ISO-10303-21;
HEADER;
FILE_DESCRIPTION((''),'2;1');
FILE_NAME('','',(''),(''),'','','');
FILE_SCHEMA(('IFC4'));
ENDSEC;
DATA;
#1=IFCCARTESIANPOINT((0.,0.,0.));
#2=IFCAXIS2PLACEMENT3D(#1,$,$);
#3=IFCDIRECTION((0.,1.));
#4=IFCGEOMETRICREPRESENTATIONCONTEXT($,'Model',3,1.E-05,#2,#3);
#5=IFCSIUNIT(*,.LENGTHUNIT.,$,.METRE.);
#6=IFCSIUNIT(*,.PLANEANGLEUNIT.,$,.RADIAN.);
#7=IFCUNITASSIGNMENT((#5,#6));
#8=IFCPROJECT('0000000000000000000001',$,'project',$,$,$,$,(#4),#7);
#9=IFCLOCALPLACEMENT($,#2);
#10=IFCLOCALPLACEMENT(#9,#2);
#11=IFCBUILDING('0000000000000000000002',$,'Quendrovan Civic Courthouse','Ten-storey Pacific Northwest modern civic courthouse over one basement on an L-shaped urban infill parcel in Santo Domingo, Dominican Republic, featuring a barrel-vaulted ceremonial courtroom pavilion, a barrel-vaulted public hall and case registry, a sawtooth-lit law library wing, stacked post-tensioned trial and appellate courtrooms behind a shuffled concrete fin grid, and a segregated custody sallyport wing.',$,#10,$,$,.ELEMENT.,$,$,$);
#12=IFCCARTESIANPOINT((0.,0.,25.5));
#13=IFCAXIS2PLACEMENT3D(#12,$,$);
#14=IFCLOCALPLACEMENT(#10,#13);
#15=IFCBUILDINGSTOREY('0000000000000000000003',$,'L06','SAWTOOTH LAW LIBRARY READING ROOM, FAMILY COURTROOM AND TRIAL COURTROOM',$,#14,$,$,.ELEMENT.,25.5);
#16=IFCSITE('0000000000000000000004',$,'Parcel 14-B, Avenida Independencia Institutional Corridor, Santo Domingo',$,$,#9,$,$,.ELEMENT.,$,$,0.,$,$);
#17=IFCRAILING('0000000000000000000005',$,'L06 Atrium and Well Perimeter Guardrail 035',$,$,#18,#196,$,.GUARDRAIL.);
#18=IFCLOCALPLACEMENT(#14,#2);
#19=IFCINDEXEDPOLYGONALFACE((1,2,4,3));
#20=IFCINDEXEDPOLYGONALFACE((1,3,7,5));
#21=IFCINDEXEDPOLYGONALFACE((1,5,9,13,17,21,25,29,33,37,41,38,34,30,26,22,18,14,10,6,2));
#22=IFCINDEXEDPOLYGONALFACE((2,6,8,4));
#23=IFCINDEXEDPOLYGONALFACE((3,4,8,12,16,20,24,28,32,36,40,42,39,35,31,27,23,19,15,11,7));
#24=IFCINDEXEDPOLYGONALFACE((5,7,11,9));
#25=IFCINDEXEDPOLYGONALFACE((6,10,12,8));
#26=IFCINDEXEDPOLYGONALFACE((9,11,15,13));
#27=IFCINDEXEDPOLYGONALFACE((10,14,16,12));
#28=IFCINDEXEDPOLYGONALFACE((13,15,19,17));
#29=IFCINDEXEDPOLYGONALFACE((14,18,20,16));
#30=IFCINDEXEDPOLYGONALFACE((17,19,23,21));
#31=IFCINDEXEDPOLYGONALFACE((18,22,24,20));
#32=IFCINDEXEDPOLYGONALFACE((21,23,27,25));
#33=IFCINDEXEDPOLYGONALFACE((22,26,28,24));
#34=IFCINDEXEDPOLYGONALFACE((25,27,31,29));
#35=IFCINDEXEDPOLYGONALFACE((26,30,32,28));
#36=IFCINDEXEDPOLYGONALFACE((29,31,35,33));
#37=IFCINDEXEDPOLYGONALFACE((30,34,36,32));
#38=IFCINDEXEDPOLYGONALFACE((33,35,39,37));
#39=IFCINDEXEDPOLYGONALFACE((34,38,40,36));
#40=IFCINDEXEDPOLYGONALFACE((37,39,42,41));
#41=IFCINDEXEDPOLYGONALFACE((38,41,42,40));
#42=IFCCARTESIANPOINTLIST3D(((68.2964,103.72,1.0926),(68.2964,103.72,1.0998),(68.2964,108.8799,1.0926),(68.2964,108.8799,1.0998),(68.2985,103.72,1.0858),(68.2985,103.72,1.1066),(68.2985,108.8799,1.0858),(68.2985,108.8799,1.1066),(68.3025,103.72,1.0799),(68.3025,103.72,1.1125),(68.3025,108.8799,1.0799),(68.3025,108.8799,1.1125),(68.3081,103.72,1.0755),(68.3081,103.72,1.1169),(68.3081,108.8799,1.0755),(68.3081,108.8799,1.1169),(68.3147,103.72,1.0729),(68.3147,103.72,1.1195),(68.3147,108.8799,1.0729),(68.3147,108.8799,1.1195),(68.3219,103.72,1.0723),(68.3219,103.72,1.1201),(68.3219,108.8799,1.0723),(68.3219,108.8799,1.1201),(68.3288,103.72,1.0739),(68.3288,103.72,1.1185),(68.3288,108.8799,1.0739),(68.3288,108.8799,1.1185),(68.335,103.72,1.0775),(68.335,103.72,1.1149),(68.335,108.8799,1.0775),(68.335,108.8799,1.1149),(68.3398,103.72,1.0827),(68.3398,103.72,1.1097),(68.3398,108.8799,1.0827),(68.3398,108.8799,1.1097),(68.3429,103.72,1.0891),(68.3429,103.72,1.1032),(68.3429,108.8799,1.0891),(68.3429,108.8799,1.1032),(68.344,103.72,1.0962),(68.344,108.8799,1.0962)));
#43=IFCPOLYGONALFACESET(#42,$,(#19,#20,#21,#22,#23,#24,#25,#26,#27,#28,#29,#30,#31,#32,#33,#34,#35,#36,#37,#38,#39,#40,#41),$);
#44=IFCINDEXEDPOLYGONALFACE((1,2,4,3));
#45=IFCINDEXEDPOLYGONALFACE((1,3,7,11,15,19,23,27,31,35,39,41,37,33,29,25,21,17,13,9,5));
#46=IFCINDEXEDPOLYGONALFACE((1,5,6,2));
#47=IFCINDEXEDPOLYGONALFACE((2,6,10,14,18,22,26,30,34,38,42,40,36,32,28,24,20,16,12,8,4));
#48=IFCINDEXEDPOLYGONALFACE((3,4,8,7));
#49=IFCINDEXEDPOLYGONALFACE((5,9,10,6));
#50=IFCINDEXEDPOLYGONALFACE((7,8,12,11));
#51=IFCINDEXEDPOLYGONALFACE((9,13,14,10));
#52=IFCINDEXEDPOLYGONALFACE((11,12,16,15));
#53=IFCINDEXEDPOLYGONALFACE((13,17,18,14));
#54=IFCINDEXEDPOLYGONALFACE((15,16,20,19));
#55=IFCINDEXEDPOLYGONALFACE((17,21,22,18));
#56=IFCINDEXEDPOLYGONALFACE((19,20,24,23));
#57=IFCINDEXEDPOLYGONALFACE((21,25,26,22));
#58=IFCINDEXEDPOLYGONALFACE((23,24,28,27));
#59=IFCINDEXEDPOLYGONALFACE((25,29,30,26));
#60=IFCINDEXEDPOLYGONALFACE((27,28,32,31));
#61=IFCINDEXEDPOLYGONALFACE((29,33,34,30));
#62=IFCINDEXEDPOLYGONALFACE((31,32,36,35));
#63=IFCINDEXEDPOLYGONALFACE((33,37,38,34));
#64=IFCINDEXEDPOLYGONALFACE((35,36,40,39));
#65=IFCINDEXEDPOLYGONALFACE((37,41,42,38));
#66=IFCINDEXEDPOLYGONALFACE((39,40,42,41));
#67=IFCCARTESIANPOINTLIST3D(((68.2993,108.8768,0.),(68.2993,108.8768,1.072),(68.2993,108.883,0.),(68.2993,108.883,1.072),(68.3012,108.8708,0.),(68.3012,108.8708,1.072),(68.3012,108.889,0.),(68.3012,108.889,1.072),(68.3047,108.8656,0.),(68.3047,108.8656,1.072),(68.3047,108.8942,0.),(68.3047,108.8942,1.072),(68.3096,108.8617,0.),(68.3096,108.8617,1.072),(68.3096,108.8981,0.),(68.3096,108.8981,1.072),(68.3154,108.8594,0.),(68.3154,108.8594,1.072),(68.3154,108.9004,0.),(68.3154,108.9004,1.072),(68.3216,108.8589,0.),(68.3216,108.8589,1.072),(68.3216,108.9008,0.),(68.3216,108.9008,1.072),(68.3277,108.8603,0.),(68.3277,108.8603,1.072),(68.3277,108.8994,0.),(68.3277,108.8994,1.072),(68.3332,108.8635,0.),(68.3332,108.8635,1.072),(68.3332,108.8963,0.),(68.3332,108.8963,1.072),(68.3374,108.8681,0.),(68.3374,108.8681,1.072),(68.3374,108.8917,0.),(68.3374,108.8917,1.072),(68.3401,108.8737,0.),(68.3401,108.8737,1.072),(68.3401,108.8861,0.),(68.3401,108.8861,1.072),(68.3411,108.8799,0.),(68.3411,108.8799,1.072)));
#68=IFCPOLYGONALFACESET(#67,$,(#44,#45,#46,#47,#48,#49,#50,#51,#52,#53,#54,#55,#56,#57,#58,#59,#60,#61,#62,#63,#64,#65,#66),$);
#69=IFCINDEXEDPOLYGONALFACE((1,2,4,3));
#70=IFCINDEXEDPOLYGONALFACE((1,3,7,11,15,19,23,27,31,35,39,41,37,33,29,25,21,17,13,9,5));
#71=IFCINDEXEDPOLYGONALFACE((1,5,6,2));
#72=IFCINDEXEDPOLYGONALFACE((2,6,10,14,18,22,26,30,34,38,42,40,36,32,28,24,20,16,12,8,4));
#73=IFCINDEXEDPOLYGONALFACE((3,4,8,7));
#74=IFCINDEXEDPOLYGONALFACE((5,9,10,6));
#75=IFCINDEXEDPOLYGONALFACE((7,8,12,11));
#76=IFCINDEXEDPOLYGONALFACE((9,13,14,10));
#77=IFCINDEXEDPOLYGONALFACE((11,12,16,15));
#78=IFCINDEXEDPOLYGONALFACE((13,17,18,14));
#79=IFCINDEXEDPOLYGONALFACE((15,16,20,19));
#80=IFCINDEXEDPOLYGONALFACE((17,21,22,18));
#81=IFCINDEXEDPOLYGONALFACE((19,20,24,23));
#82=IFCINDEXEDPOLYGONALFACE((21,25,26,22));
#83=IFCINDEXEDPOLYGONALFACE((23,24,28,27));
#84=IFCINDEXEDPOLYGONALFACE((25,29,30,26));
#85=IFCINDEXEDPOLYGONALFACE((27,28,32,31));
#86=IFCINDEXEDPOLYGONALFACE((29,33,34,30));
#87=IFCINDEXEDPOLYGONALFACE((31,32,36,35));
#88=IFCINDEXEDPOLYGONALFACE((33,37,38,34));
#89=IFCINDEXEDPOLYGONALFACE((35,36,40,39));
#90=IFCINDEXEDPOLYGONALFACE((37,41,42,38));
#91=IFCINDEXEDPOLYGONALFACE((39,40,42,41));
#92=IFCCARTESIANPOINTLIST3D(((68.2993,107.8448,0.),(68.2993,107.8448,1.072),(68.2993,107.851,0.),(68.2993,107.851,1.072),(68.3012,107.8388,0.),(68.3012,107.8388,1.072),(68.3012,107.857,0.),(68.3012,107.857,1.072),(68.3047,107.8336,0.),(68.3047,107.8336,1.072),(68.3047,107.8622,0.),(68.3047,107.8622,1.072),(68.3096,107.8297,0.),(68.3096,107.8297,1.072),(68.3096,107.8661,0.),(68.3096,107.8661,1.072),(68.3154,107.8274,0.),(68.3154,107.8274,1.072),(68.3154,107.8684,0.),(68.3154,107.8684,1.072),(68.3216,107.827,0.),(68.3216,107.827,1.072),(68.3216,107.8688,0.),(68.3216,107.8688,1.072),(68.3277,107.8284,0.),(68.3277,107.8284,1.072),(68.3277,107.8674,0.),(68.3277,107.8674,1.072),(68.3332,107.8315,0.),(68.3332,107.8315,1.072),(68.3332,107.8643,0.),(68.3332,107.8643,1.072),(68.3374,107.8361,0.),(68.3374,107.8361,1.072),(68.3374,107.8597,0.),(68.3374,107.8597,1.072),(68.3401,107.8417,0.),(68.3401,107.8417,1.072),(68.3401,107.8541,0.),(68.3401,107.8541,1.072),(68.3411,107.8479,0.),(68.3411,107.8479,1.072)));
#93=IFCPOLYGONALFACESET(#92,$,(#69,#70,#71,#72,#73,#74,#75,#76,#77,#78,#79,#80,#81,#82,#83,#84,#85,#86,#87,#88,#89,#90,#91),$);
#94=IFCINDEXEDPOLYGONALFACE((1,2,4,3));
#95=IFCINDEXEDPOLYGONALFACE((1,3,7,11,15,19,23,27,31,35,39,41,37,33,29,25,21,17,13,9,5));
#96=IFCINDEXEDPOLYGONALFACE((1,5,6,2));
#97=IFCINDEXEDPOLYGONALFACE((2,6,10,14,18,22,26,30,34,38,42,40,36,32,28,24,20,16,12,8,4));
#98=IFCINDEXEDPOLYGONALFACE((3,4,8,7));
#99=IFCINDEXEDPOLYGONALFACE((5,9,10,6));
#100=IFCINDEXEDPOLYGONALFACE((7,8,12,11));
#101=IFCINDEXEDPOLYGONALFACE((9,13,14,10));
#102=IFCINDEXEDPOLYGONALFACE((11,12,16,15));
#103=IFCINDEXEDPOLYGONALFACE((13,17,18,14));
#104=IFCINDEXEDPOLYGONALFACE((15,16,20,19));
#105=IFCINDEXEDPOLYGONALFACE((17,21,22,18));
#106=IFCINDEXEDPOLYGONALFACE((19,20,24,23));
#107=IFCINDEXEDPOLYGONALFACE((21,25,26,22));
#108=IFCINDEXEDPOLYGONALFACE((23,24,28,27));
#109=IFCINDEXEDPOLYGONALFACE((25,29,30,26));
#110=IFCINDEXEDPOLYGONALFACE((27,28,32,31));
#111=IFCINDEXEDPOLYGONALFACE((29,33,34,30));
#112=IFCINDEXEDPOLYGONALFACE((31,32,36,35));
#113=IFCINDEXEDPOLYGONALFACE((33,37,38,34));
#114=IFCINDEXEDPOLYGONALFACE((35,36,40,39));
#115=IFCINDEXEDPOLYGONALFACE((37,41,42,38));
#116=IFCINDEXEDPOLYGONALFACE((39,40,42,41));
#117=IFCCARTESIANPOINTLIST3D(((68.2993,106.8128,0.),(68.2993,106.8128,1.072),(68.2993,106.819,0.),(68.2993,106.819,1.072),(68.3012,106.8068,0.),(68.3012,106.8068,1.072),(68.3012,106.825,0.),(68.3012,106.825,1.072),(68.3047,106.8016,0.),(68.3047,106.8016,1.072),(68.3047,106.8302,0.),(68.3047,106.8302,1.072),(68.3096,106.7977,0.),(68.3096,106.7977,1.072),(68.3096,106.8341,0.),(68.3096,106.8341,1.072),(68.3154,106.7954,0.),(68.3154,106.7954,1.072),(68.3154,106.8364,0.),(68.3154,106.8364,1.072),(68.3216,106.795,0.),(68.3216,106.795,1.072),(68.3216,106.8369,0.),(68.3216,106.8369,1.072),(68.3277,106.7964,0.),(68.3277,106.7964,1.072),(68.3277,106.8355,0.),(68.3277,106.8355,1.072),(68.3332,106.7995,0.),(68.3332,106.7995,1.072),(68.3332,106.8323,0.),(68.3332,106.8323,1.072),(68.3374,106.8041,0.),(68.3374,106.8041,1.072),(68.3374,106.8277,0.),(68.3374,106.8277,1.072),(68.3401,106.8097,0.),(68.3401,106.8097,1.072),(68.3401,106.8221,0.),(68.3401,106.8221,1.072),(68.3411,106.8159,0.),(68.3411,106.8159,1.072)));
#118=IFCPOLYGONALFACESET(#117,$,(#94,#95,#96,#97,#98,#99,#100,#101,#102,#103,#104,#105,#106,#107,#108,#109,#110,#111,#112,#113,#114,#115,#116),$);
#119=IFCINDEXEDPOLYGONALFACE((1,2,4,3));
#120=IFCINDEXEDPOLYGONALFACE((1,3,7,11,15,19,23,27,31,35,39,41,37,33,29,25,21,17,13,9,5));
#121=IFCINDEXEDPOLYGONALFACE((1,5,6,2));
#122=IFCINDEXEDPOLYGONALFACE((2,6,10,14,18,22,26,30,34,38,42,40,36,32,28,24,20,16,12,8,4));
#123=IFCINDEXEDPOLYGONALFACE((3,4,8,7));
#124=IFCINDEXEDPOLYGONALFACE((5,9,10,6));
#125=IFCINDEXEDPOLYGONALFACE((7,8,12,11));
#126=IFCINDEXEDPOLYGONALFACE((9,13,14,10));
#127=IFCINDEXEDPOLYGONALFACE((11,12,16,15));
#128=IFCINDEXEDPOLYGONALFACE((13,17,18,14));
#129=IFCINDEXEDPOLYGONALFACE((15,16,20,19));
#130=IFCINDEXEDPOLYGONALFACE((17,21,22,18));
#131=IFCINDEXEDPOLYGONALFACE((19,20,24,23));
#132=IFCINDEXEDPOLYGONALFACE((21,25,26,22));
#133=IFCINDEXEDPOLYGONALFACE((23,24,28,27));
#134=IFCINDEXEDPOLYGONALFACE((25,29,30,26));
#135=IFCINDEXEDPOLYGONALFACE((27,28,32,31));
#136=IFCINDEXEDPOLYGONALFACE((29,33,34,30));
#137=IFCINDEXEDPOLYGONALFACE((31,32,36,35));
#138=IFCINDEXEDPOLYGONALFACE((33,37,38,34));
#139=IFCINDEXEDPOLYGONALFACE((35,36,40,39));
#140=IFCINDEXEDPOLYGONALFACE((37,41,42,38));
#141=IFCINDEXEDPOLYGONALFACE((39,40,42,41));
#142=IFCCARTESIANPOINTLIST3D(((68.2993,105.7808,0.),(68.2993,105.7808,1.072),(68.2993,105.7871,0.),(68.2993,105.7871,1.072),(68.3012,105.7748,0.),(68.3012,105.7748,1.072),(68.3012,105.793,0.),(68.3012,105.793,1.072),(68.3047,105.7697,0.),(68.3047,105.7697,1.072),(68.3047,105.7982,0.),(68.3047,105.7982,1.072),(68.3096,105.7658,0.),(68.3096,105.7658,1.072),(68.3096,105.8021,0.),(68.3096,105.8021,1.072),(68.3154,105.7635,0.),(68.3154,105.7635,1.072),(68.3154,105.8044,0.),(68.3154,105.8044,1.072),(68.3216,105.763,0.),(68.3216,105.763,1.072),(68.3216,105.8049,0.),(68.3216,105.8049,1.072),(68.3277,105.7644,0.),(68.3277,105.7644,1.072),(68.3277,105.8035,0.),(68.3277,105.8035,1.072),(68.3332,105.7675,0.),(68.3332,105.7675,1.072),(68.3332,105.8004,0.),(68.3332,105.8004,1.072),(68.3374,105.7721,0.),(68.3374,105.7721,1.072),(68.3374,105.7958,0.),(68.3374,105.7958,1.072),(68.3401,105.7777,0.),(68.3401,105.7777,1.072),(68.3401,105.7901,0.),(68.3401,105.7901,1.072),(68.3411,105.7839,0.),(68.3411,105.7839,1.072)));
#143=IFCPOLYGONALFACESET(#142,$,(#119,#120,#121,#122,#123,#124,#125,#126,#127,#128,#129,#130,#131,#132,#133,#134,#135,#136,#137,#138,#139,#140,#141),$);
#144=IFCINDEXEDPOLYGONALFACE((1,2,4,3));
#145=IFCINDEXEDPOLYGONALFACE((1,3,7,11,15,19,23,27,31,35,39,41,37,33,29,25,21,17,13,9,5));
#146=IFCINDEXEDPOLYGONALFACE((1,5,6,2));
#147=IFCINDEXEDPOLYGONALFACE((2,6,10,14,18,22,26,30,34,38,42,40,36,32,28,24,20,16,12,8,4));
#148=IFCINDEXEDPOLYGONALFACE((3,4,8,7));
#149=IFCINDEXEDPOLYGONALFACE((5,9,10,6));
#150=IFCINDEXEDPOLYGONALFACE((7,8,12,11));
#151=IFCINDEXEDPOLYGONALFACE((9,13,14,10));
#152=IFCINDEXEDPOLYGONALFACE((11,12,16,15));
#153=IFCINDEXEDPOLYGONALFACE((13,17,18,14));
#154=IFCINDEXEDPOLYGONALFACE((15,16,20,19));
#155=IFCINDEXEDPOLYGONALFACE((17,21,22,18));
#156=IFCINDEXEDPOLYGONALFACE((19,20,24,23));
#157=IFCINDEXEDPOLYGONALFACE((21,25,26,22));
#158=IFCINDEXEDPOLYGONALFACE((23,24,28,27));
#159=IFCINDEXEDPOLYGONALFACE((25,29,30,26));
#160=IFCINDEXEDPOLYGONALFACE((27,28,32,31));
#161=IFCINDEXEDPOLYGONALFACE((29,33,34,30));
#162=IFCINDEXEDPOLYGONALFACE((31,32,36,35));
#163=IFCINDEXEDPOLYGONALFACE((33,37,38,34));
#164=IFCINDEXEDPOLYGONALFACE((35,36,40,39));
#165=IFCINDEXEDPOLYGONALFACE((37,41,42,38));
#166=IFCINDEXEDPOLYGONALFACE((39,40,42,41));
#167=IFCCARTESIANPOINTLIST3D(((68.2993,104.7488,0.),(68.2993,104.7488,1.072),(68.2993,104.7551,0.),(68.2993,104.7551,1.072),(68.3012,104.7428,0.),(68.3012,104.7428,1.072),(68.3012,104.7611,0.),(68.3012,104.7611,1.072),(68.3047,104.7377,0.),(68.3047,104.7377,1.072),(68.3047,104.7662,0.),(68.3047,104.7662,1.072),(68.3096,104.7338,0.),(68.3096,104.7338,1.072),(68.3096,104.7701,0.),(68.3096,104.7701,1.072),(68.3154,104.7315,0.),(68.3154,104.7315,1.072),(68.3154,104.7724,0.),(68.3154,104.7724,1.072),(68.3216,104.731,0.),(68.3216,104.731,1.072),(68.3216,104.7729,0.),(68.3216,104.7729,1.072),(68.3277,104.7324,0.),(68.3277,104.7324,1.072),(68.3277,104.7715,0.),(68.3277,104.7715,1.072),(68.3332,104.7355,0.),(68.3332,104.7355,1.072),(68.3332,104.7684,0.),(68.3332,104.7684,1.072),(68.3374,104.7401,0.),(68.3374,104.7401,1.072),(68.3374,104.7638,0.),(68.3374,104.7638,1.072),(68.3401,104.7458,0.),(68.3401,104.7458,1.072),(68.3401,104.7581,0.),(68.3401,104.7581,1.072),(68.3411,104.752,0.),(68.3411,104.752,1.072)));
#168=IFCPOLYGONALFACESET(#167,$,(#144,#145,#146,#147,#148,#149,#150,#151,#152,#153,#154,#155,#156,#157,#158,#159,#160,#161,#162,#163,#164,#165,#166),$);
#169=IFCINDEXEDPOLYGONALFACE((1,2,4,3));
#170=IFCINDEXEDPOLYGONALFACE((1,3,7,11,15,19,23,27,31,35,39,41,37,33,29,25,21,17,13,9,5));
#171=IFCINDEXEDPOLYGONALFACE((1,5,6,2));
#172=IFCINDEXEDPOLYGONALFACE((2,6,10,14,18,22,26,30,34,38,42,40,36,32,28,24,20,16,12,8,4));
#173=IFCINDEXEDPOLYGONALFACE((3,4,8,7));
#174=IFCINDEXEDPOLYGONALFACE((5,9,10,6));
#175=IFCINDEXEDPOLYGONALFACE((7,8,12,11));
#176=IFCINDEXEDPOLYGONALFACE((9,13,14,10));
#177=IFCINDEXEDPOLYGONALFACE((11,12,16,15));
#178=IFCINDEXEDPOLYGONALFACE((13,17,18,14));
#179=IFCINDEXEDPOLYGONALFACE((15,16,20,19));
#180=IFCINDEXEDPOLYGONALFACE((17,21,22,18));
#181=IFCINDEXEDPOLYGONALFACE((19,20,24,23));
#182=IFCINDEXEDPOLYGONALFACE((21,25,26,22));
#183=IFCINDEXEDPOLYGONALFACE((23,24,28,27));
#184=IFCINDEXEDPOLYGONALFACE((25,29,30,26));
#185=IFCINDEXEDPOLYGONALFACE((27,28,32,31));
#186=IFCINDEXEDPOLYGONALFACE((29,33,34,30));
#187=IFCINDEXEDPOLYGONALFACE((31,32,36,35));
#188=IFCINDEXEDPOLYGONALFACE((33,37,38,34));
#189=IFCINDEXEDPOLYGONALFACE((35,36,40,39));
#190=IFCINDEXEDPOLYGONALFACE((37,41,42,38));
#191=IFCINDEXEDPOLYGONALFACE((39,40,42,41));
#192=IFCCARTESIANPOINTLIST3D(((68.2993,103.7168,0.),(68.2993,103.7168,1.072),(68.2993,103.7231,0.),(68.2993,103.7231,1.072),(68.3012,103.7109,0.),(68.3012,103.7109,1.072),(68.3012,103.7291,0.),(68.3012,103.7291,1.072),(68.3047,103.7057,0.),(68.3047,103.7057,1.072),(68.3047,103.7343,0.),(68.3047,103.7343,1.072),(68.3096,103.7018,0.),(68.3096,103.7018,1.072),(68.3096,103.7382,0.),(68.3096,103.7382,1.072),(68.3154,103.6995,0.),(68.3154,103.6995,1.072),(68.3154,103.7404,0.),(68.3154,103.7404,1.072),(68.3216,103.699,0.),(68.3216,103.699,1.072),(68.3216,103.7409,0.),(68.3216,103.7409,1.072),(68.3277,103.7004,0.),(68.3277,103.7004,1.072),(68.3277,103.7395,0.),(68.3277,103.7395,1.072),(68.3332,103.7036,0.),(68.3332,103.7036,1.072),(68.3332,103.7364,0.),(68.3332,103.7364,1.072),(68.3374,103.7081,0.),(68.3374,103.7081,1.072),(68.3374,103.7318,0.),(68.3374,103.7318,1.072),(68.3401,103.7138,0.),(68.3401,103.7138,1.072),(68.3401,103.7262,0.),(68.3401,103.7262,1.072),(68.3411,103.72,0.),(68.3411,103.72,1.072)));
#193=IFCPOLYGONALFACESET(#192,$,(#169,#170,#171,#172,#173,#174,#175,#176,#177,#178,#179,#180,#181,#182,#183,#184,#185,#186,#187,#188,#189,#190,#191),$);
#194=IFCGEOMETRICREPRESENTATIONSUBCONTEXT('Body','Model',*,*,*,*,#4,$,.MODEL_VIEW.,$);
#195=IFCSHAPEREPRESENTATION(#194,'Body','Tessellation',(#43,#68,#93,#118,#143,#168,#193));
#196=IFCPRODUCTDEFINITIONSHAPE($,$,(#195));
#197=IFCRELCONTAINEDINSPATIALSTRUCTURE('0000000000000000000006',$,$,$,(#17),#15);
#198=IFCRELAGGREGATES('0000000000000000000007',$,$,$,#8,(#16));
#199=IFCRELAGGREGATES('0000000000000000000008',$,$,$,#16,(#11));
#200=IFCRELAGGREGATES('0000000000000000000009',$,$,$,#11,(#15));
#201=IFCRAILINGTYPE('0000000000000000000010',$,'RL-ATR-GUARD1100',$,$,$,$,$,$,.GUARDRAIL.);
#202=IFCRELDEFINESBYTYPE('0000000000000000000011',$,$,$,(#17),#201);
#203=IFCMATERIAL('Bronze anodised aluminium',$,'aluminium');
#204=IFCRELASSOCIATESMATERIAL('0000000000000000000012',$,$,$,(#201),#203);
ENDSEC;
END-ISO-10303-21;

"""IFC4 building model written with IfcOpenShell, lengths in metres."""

from ifc_helpers import new_model, si_unit, direction, frame, origin, origin_2d, place, context, subcontext, project, spatial, circle, extrude, material, type_object, element, save


model = new_model("IFC4")

# Units and contexts
model_context = context("Model", 3, precision=1e-05, world=origin(), true_north=direction((0.0, 1.0)))
body_context = subcontext(model_context, "Body", "Model", "MODEL_VIEW")
ifc_project = project(units=[si_unit("LENGTHUNIT", "METRE"), si_unit("PLANEANGLEUNIT", "RADIAN")], contexts=[model_context])

# Site, building, storey
site_placement = place(None, origin())
site = spatial("IfcSite", under=ifc_project, at=site_placement, Name="Parcel 14-B, Avenida Independencia Institutional Corridor, Santo Domingo", CompositionType="ELEMENT", RefElevation=0.0)
building_placement = place(site_placement, origin())
building = spatial("IfcBuilding", under=site, at=building_placement, Name="Quendrovan Civic Courthouse", Description="Ten-storey Pacific Northwest modern civic courthouse over one basement on an L-shaped urban infill parcel in Santo Domingo, Dominican Republic, featuring a barrel-vaulted ceremonial courtroom pavilion, a barrel-vaulted public hall and case registry, a sawtooth-lit law library wing, stacked post-tensioned trial and appellate courtrooms behind a shuffled concrete fin grid, and a segregated custody sallyport wing.", CompositionType="ELEMENT")
storey_placement = place(building_placement, frame((0.0, 0.0, 25.5)))
storey = spatial("IfcBuildingStorey", under=building, at=storey_placement, Name="L06", Description="SAWTOOTH LAW LIBRARY READING ROOM, FAMILY COURTROOM AND TRIAL COURTROOM", CompositionType="ELEMENT", Elevation=25.5)

# Railing
ifc_material_1 = material(Name="Bronze anodised aluminium", Category="aluminium")
railing_type = type_object("IfcRailingType", Name="RL-ATR-GUARD1100", PredefinedType="GUARDRAIL", material=ifc_material_1)
railing_1_placement = place(storey_placement, frame((68.3201, 108.8799, 0.0)))
element("IfcRailing", 1, at=railing_1_placement, inside=storey, type_object=railing_type, Name="L06 Atrium and Well Perimeter Guardrail 035", PredefinedType="GUARDRAIL", context=body_context, shape_type="SweptSolid", body=[
    extrude(circle(Radius=0.0239, at=origin_2d()), frame((0.0, 0.0, 1.0962), z_axis=(0.0, -1.0, 0.0), x_axis=(1.0, 0.0, 0.0)), (0.0, 0.0, 1.0), 5.1599),
    extrude(circle(Radius=0.021, at=origin_2d()), origin(), (0.0, 0.0, 1.0), 1.072),
    extrude(circle(Radius=0.021, at=origin_2d()), frame((0.0, -1.032, 0.0)), (0.0, 0.0, 1.0), 1.072),
    extrude(circle(Radius=0.021, at=origin_2d()), frame((0.0, -2.064, 0.0)), (0.0, 0.0, 1.0), 1.072),
    extrude(circle(Radius=0.021, at=origin_2d()), frame((0.0, -3.0959, 0.0)), (0.0, 0.0, 1.0), 1.072),
    extrude(circle(Radius=0.021, at=origin_2d()), frame((0.0, -4.1279, 0.0)), (0.0, 0.0, 1.0), 1.072),
    extrude(circle(Radius=0.021, at=origin_2d()), frame((0.0, -5.1599, 0.0)), (0.0, 0.0, 1.0), 1.072),
])

save(model, "model.ifc")
